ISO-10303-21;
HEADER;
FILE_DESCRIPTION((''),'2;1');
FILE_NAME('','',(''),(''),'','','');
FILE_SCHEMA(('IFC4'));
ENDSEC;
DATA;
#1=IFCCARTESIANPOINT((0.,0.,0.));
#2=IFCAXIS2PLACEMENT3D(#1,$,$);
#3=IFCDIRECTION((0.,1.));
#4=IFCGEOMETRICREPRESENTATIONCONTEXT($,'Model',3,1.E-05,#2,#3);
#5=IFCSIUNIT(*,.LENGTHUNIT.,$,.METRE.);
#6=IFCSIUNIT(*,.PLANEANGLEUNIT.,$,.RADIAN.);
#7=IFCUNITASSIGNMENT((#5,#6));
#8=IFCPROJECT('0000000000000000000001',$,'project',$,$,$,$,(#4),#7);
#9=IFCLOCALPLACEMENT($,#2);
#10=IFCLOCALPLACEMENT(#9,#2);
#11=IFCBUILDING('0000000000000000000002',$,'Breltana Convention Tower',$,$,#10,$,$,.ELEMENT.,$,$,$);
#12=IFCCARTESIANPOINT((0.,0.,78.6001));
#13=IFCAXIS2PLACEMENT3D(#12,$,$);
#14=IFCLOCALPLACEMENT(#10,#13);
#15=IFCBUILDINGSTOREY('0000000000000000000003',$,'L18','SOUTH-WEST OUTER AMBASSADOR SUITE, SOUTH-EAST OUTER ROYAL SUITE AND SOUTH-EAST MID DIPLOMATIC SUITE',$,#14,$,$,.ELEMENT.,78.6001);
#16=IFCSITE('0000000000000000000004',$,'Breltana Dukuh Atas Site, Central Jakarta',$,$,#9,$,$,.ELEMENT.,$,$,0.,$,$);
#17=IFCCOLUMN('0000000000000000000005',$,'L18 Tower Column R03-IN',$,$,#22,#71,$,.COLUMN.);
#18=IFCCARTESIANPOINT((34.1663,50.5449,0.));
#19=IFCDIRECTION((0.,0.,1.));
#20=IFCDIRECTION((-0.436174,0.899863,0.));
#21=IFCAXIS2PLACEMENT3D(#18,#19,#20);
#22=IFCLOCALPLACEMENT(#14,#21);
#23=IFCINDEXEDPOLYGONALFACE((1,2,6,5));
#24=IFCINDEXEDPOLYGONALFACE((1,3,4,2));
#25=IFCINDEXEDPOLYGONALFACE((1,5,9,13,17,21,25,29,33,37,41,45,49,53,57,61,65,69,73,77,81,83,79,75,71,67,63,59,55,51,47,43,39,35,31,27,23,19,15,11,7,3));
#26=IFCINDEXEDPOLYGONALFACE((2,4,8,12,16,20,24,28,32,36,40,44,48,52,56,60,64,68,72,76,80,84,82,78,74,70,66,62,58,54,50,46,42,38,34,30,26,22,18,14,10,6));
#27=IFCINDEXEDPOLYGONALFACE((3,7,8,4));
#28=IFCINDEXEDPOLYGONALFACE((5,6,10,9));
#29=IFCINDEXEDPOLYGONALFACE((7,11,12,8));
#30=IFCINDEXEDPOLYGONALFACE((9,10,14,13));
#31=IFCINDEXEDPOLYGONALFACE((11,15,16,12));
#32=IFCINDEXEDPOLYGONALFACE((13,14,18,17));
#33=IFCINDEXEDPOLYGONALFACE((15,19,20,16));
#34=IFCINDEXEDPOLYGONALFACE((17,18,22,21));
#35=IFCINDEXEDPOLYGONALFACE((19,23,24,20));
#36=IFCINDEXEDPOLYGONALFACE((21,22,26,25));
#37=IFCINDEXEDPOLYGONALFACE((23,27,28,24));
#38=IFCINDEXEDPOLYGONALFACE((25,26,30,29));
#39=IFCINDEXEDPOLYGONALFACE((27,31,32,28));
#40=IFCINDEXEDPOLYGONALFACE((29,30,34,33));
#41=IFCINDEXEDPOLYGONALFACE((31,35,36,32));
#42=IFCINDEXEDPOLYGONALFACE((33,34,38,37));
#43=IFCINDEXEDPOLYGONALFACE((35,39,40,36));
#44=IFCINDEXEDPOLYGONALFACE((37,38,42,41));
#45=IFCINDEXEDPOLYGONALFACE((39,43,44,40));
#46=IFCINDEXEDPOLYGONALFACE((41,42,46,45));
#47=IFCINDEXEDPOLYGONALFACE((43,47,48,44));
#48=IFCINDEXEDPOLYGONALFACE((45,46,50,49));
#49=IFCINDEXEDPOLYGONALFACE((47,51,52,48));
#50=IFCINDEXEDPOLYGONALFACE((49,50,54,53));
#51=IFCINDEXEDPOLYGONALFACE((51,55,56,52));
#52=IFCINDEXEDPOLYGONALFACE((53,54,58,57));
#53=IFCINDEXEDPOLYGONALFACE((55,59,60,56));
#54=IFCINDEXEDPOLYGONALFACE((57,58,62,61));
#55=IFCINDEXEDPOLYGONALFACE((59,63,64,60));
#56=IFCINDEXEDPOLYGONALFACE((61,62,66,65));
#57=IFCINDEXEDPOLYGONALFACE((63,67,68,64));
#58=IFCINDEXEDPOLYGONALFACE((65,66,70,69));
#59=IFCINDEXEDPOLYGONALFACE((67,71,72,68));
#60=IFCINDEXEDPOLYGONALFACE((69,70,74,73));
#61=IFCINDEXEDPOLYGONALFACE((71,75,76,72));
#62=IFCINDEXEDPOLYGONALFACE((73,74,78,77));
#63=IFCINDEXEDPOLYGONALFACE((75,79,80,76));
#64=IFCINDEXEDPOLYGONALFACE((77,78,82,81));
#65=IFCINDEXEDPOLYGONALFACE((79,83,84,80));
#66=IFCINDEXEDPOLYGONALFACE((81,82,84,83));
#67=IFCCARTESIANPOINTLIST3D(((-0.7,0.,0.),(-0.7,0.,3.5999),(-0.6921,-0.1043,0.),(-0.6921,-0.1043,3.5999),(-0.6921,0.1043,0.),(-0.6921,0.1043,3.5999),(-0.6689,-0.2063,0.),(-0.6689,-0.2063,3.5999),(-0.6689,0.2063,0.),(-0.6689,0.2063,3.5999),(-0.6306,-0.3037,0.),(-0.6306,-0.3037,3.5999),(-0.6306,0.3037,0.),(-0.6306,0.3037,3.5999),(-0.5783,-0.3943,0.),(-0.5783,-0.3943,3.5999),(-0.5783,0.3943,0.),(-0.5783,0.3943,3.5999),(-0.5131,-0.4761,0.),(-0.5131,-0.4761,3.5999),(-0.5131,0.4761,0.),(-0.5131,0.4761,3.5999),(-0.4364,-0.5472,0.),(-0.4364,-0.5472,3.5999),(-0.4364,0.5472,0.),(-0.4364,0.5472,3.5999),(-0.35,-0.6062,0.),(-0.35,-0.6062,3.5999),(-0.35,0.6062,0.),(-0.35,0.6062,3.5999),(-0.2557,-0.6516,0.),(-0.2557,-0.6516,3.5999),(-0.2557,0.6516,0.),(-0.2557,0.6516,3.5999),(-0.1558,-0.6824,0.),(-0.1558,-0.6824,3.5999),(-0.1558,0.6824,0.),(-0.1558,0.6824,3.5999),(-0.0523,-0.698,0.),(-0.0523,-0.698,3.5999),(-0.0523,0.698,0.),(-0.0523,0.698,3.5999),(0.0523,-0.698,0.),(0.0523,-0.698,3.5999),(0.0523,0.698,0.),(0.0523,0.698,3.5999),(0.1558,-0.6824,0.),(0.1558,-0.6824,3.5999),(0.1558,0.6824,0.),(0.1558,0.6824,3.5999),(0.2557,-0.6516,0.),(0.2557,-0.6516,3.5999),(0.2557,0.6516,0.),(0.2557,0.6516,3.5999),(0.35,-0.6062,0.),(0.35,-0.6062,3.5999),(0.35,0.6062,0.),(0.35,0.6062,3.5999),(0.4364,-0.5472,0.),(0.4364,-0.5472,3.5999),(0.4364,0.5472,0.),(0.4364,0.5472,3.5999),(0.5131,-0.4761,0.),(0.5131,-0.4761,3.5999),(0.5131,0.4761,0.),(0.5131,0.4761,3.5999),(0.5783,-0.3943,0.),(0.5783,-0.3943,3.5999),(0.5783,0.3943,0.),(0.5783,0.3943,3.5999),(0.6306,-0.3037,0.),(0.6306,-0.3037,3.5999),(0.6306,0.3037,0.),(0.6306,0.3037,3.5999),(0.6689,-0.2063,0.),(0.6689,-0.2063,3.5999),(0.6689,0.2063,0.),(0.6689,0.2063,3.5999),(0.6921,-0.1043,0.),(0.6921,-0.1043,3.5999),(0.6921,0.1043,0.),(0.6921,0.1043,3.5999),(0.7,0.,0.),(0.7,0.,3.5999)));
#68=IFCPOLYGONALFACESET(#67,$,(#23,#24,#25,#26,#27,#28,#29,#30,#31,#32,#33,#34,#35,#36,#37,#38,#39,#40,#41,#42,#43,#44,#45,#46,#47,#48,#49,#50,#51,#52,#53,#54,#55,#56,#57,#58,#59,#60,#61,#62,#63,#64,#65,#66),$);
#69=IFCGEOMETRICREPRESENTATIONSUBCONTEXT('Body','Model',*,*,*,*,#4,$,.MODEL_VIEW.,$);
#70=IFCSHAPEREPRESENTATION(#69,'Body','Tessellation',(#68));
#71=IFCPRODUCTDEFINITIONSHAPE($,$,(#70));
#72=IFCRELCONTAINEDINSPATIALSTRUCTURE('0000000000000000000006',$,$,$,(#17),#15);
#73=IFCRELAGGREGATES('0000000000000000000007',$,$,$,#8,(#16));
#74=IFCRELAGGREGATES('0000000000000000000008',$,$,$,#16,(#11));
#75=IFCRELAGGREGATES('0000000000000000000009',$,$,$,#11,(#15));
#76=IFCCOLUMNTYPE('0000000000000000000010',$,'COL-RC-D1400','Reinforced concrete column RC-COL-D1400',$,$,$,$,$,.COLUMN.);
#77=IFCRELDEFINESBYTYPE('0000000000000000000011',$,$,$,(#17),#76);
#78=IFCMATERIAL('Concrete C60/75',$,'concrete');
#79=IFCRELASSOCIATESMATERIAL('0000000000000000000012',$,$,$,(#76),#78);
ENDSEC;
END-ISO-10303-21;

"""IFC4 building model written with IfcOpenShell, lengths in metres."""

from ifc_helpers import new_model, si_unit, direction, frame, origin, origin_2d, place, context, subcontext, project, spatial, circle, extrude, source, transform, mapped, material, material_profile, profile_set, type_object, element, save


model = new_model("IFC4")

# Units and contexts
model_context = context("Model", 3, precision=1e-05, world=origin(), true_north=direction((0.0, 1.0)))
body_context = subcontext(model_context, "Body", "Model", "MODEL_VIEW")
ifc_project = project(units=[si_unit("LENGTHUNIT", "METRE"), si_unit("PLANEANGLEUNIT", "RADIAN")], contexts=[model_context])

# Site, building, storey
site_placement = place(None, origin())
site = spatial("IfcSite", under=ifc_project, at=site_placement, Name="Breltana Dukuh Atas Site, Central Jakarta", CompositionType="ELEMENT", RefElevation=0.0)
building_placement = place(site_placement, origin())
building = spatial("IfcBuilding", under=site, at=building_placement, Name="Breltana Convention Tower", CompositionType="ELEMENT")
storey_placement = place(building_placement, frame((0.0, 0.0, 78.6001)))
storey = spatial("IfcBuildingStorey", under=building, at=storey_placement, Name="L18", Description="SOUTH-WEST OUTER AMBASSADOR SUITE, SOUTH-EAST OUTER ROYAL SUITE AND SOUTH-EAST MID DIPLOMATIC SUITE", CompositionType="ELEMENT", Elevation=78.6001)

# Column
ifc_material_1 = material(Name="Concrete C60/75", Category="concrete")
ifc_material_profile_1 = material_profile(ifc_material_1, circle(Radius=0.7, at=origin_2d()), Name="RC-COL-D1400")
ifc_profile_set_1 = profile_set([ifc_material_profile_1], Name="Concrete C60/75")
column_type_1 = type_object("IfcColumnType", Name="COL-RC-D1400", Description="Reinforced concrete column RC-COL-D1400", PredefinedType="COLUMN", material=ifc_profile_set_1)
shared_shape_1 = source(origin(), body_context, "Body", "SweptSolid", [
    extrude(circle(Radius=0.7, at=origin_2d()), origin(), (0.0, 0.0, 1.0), 3.5999),
])
for number, where, z_axis, x_axis, name in (
    (1, (34.1663, 50.5449, 0.0), (0.0, 0.0, 1.0), (-0.436174, 0.899863, 0.0), "L18 Tower Column R03-IN"),
):
    element("IfcColumn", number, at=place(storey_placement, frame(where, z_axis=z_axis, x_axis=x_axis)), inside=storey, type_object=column_type_1, Name=name, PredefinedType="COLUMN", context=body_context, shape_type="MappedRepresentation", body=[
        mapped(shared_shape_1, transform((0.0, 0.0, 0.0), scale=1.0)),
    ])

save(model, "model.ifc")
